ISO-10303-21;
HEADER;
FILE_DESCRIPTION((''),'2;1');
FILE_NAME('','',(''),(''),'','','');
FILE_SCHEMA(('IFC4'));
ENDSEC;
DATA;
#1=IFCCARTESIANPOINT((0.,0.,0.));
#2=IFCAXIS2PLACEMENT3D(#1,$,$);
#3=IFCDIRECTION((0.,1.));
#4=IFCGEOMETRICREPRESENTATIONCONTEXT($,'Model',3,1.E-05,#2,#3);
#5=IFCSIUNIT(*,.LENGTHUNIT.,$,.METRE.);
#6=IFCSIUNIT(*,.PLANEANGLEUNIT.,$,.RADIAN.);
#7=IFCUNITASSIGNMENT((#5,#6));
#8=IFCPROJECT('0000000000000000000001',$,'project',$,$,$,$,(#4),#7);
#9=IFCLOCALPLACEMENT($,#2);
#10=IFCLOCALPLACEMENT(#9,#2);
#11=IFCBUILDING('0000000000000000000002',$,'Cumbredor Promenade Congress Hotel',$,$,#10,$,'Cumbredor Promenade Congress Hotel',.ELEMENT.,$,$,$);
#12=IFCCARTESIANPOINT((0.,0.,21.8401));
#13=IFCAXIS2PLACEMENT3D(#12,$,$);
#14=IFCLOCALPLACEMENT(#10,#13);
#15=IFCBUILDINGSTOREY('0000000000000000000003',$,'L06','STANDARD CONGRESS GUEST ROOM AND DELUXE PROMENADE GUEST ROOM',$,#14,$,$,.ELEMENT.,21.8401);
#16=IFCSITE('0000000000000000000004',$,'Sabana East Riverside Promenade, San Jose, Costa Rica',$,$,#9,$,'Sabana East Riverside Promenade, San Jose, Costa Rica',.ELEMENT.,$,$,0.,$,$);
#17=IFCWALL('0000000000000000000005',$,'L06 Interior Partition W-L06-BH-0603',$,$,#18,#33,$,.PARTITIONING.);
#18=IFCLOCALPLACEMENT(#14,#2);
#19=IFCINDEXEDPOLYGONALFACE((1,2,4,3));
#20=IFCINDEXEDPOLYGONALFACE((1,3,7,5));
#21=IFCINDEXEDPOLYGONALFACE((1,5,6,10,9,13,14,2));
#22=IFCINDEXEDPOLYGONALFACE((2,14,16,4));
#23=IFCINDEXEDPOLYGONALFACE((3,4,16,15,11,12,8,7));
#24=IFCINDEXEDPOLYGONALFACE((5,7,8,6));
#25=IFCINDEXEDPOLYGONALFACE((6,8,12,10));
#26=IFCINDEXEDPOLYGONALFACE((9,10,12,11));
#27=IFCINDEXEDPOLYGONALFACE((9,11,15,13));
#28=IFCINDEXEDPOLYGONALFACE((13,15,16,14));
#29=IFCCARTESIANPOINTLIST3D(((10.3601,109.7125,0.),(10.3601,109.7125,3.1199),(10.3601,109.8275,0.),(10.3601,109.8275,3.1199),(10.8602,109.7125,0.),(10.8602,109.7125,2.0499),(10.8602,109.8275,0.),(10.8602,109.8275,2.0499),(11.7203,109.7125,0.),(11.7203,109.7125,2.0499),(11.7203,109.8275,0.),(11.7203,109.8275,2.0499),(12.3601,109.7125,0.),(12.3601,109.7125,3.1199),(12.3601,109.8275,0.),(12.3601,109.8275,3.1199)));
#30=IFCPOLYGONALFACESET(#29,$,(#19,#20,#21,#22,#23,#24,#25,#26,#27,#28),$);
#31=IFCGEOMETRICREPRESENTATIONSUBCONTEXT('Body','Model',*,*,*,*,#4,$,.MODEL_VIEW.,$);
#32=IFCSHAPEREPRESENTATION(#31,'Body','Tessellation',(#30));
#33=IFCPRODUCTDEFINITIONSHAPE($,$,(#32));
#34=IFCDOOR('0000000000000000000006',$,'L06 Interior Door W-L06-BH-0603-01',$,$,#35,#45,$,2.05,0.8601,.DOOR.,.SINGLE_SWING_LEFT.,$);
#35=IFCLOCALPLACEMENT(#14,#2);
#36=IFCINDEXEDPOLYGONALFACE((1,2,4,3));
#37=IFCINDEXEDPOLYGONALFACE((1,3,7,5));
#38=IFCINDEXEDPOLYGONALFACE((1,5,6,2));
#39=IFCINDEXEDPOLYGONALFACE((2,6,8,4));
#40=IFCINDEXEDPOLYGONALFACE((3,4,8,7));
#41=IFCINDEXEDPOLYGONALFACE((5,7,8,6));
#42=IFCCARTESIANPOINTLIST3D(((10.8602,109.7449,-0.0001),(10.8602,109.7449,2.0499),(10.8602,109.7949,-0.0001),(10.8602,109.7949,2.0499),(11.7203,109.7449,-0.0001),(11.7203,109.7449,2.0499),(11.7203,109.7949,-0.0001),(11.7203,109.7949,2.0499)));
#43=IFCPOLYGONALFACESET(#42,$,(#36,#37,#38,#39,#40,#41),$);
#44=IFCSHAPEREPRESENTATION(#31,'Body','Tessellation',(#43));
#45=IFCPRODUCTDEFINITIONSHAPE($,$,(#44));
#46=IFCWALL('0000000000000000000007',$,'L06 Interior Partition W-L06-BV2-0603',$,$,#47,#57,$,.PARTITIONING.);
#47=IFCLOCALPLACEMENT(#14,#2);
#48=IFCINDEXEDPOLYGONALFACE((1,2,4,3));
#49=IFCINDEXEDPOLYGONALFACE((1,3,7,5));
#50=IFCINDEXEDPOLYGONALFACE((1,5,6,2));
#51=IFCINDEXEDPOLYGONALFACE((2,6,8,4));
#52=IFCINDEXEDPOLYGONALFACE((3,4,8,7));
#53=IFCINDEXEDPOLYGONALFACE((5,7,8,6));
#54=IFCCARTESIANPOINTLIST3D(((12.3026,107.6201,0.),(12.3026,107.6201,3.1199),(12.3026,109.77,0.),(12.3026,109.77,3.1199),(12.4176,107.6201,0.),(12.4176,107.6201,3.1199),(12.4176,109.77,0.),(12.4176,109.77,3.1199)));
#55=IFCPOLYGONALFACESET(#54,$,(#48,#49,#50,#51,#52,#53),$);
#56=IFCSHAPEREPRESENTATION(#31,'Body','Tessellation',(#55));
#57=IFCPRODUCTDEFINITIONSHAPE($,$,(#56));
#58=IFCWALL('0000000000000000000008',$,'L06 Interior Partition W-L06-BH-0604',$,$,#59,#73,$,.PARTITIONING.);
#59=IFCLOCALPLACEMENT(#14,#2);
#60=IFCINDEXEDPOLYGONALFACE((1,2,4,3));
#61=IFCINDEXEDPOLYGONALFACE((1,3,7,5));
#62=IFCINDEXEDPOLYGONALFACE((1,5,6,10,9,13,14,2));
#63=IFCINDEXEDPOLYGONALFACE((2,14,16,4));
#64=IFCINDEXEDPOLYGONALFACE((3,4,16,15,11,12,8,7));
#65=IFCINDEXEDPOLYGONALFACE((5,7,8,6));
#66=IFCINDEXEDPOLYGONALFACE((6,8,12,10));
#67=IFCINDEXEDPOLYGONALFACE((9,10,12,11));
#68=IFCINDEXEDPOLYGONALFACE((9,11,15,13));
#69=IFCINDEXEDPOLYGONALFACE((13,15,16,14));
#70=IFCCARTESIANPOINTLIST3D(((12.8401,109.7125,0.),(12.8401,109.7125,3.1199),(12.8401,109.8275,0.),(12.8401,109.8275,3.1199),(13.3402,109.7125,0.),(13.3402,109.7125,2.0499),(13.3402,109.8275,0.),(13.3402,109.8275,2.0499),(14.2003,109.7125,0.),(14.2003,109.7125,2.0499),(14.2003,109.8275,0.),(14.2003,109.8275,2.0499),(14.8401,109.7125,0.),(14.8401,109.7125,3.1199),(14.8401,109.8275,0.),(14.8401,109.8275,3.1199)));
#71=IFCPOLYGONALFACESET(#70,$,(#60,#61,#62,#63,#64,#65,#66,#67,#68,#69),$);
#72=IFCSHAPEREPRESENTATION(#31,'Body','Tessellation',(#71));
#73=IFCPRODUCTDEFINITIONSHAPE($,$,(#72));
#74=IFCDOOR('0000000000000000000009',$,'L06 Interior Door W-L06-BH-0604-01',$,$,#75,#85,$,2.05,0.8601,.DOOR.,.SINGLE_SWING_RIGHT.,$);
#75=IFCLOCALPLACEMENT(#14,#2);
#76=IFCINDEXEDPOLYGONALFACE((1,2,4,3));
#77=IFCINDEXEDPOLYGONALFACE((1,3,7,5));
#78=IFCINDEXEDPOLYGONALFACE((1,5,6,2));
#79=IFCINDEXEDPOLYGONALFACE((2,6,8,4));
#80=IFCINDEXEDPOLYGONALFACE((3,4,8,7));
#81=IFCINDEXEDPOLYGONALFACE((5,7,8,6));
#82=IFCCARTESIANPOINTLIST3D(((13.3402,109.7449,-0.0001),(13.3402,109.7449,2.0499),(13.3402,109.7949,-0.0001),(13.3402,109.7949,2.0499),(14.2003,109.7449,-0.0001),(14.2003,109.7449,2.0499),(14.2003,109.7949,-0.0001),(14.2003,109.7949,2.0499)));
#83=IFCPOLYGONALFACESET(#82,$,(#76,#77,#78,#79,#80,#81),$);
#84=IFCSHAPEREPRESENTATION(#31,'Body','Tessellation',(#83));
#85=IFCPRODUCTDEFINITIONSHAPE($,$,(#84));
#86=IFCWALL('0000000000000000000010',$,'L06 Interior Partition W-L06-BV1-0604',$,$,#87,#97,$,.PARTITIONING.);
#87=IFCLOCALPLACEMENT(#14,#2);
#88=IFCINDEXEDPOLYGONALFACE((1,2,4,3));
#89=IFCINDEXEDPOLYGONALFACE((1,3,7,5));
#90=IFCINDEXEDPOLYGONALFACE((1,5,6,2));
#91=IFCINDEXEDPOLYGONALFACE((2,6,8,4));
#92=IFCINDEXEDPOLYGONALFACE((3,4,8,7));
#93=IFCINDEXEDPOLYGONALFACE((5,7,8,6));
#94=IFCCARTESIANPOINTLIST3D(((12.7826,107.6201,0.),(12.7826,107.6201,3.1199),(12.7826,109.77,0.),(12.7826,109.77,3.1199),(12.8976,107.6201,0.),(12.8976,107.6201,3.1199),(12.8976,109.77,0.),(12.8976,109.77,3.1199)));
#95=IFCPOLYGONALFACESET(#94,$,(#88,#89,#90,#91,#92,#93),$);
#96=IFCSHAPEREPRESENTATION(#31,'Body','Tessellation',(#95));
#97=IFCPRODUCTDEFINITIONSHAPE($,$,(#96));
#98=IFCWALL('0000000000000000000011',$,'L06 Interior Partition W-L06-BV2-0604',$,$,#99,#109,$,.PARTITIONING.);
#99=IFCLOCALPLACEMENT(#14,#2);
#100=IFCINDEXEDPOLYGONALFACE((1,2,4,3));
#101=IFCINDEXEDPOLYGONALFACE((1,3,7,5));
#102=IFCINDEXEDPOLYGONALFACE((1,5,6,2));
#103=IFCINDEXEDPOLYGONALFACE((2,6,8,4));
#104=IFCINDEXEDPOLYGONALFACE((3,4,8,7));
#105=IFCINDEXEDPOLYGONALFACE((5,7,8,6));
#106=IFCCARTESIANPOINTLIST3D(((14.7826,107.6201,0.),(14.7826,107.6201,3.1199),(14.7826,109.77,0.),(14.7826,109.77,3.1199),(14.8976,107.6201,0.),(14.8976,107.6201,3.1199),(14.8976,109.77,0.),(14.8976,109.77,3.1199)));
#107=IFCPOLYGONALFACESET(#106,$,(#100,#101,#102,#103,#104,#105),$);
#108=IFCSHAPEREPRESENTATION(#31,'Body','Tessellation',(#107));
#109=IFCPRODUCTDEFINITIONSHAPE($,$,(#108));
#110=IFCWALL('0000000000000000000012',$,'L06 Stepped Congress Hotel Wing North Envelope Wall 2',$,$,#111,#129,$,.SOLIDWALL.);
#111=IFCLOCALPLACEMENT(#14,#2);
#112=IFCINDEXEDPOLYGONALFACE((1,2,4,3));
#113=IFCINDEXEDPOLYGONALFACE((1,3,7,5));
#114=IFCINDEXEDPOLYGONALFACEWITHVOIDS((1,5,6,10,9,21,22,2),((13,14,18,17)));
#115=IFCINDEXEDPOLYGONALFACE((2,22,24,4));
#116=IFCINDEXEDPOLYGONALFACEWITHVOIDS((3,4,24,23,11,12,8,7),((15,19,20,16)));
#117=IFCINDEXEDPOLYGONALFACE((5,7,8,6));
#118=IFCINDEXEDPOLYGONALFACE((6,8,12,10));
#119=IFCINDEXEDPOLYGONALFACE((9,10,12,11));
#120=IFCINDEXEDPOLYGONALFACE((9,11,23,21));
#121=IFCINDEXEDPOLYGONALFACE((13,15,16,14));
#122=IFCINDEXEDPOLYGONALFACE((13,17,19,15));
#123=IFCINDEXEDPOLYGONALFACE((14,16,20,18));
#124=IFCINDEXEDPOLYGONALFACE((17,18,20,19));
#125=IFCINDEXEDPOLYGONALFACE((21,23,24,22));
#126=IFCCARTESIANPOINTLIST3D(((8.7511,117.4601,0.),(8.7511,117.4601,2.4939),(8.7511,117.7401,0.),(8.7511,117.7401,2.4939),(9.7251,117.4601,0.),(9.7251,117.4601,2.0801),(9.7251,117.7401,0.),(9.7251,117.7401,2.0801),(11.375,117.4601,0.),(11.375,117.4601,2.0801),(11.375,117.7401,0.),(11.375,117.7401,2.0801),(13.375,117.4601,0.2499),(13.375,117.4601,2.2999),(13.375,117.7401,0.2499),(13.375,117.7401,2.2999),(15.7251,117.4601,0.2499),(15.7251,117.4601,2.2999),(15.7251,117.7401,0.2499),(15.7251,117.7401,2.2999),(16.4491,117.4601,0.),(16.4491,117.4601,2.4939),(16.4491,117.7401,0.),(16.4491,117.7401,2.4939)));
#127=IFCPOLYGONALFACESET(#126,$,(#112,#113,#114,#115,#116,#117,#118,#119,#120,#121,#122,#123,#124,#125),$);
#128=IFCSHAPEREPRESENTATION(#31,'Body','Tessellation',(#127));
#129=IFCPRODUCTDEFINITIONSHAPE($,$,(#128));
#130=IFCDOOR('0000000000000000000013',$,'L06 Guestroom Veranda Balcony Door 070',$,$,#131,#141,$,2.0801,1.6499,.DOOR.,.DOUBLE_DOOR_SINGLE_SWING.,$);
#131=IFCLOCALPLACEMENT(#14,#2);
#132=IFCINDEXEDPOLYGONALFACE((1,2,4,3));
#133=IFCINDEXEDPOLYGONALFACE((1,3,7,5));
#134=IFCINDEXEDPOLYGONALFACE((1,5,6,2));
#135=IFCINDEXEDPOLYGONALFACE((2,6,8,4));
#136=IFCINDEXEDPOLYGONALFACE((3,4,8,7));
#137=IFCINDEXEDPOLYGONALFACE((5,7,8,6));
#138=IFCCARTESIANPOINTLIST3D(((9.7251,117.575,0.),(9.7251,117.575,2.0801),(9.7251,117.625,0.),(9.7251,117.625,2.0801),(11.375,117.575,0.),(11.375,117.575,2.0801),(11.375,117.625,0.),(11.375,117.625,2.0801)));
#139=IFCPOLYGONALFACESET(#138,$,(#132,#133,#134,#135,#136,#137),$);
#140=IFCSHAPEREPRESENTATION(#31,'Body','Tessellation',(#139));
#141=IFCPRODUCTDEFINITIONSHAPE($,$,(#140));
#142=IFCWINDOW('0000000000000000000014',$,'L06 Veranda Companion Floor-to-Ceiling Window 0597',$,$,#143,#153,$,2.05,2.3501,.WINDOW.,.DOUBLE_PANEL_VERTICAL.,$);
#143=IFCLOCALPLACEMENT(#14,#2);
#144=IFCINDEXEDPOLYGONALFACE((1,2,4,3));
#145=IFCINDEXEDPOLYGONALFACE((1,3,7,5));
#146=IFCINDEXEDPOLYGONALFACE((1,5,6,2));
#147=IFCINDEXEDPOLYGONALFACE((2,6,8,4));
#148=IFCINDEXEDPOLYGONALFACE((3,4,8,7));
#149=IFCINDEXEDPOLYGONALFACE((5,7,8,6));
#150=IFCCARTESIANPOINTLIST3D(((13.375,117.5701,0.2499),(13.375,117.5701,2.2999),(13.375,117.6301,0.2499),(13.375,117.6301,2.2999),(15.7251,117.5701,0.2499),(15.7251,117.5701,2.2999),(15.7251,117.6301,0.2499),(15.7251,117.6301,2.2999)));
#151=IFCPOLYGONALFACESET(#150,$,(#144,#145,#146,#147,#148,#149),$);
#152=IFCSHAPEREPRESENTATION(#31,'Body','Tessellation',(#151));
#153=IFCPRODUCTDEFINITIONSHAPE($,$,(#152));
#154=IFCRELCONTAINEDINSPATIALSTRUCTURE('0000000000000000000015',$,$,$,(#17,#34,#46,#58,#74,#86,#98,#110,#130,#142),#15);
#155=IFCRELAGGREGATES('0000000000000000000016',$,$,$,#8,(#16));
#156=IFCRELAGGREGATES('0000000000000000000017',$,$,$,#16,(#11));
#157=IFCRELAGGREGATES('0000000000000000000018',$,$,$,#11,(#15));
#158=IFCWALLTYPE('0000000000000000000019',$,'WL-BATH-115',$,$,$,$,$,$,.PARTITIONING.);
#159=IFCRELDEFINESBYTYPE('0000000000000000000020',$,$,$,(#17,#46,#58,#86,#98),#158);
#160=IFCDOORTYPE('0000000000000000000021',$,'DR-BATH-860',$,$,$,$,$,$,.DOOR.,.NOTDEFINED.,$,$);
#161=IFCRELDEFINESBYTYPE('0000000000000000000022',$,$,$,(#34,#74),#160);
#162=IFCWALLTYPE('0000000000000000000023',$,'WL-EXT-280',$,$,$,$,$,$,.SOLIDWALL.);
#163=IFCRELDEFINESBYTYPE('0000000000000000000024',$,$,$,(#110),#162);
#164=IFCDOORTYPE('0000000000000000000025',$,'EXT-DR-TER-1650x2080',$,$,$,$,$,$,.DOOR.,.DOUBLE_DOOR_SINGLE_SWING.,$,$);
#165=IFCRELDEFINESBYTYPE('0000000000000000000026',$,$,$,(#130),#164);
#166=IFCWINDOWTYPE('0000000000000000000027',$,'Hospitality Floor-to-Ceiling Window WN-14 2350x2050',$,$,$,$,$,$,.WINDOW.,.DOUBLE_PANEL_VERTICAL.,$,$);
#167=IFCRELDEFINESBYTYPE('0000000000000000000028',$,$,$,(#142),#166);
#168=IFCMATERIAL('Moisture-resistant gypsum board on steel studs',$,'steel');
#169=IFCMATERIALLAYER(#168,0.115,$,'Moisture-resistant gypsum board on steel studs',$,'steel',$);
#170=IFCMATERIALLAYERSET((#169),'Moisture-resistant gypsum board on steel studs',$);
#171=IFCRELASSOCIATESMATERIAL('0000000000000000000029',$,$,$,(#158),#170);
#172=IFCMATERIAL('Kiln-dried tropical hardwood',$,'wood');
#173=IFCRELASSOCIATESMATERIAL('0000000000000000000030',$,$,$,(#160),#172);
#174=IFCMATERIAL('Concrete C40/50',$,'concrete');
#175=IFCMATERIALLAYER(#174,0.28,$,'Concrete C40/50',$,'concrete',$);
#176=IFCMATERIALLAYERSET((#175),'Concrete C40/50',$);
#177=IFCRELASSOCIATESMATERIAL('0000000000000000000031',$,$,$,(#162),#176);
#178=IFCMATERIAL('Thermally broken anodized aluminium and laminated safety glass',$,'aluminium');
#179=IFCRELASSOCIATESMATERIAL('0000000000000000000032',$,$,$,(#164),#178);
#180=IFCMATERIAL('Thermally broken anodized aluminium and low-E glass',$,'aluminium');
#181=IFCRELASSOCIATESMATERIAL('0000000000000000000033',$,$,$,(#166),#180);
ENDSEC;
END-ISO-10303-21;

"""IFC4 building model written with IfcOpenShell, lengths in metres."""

from ifc_helpers import new_model, si_unit, direction, frame, frame_2d, origin, place, context, subcontext, project, spatial, rectangle, extrude, material, layer, layer_set, type_object, element, fill, save


model = new_model("IFC4")

# Units and contexts
model_context = context("Model", 3, precision=1e-05, world=origin(), true_north=direction((0.0, 1.0)))
body_context = subcontext(model_context, "Body", "Model", "MODEL_VIEW")
ifc_project = project(units=[si_unit("LENGTHUNIT", "METRE"), si_unit("PLANEANGLEUNIT", "RADIAN")], contexts=[model_context])

# Site, building, storey
site_placement = place(None, origin())
site = spatial("IfcSite", under=ifc_project, at=site_placement, Name="Sabana East Riverside Promenade, San Jose, Costa Rica", LongName="Sabana East Riverside Promenade, San Jose, Costa Rica", CompositionType="ELEMENT", RefElevation=0.0)
building_placement = place(site_placement, origin())
building = spatial("IfcBuilding", under=site, at=building_placement, Name="Cumbredor Promenade Congress Hotel", LongName="Cumbredor Promenade Congress Hotel", CompositionType="ELEMENT")
storey_placement = place(building_placement, frame((0.0, 0.0, 21.8401)))
storey = spatial("IfcBuildingStorey", under=building, at=storey_placement, Name="L06", Description="STANDARD CONGRESS GUEST ROOM AND DELUXE PROMENADE GUEST ROOM", CompositionType="ELEMENT", Elevation=21.8401)

# Shared definitions
ifc_material_1 = material(Name="Concrete C40/50", Category="concrete")

# Shared definitions
ifc_material_2 = material(Name="Thermally broken anodized aluminium and low-E glass", Category="aluminium")

# Shared definitions
ifc_material_3 = material(Name="Kiln-dried tropical hardwood", Category="wood")

# Wall, opening, door
ifc_material_4 = material(Name="Moisture-resistant gypsum board on steel studs", Category="steel")
ifc_layer_1 = layer(ifc_material_4, 0.115, Name="Moisture-resistant gypsum board on steel studs", Category="steel")
ifc_layer_set_1 = layer_set([ifc_layer_1], Name="Moisture-resistant gypsum board on steel studs")
wall_type_1 = type_object("IfcWallType", Name="WL-BATH-115", PredefinedType="PARTITIONING", material=ifc_layer_set_1)
wall_1_placement = place(storey_placement, frame((10.3601, 109.77, 0.0), z_axis=(0.0, 0.0, 1.0), x_axis=(1.0, 0.0, 0.0)))
wall_1 = element("IfcWall", 1, at=wall_1_placement, inside=storey, type_object=wall_type_1, Name="L06 Interior Partition W-L06-BH-0603", PredefinedType="PARTITIONING", context=body_context, shape_type="SweptSolid", body=[
    extrude(rectangle(XDim=2.0, YDim=0.115, at=frame_2d((1.0, 0.0))), origin(), (0.0, 0.0, 1.0), 3.1199),
])
opening_1_placement = place(wall_1_placement, frame((0.5, 0.0, 0.0)))
opening_1 = element("IfcOpeningElement", 2, at=opening_1_placement, cuts=wall_1, PredefinedType="OPENING", context=body_context, shape_type="SweptSolid", body=[
    extrude(rectangle(XDim=0.8601, YDim=2.05, at=frame_2d((0.4302, 1.0249))), frame((0.0, 0.0674, 0.0), z_axis=(0.0, -1.0, 0.0), x_axis=(1.0, 0.0, 0.0)), (0.0, 0.0, 1.0), 0.135),
])
door_type_1 = type_object("IfcDoorType", Name="DR-BATH-860", OperationType="NOTDEFINED", PredefinedType="DOOR", material=ifc_material_3)
door_1_placement = place(opening_1_placement, origin())
door_1 = element("IfcDoor", 3, at=door_1_placement, inside=storey, type_object=door_type_1, Name="L06 Interior Door W-L06-BH-0603-01", OperationType="SINGLE_SWING_LEFT", OverallHeight=2.05, OverallWidth=0.8601, PredefinedType="DOOR", context=body_context, shape_type="SweptSolid", body=[
    extrude(rectangle(XDim=0.8601, YDim=2.05, at=frame_2d((0.4302, 1.0249))), frame((0.0, 0.0249, 0.0), z_axis=(0.0, -1.0, 0.0), x_axis=(1.0, 0.0, 0.0)), (0.0, 0.0, 1.0), 0.05),
])
fill(opening_1, door_1)

# Wall
wall_2_placement = place(storey_placement, frame((12.3601, 107.6201, 0.0), z_axis=(0.0, 0.0, 1.0), x_axis=(0.0, 1.0, 0.0)))
element("IfcWall", 4, at=wall_2_placement, inside=storey, type_object=wall_type_1, Name="L06 Interior Partition W-L06-BV2-0603", PredefinedType="PARTITIONING", context=body_context, shape_type="SweptSolid", body=[
    extrude(rectangle(XDim=2.1499, YDim=0.115, at=frame_2d((1.075, 0.0))), origin(), (0.0, 0.0, 1.0), 3.1199),
])

# Wall, opening, door
wall_3_placement = place(storey_placement, frame((12.8401, 109.77, 0.0), z_axis=(0.0, 0.0, 1.0), x_axis=(1.0, 0.0, 0.0)))
wall_3 = element("IfcWall", 5, at=wall_3_placement, inside=storey, type_object=wall_type_1, Name="L06 Interior Partition W-L06-BH-0604", PredefinedType="PARTITIONING", context=body_context, shape_type="SweptSolid", body=[
    extrude(rectangle(XDim=2.0, YDim=0.115, at=frame_2d((1.0, 0.0))), origin(), (0.0, 0.0, 1.0), 3.1199),
])
opening_2_placement = place(wall_3_placement, frame((0.5, 0.0, 0.0)))
opening_2 = element("IfcOpeningElement", 6, at=opening_2_placement, cuts=wall_3, PredefinedType="OPENING", context=body_context, shape_type="SweptSolid", body=[
    extrude(rectangle(XDim=0.8601, YDim=2.05, at=frame_2d((0.4302, 1.0249))), frame((0.0, 0.0674, 0.0), z_axis=(0.0, -1.0, 0.0), x_axis=(1.0, 0.0, 0.0)), (0.0, 0.0, 1.0), 0.135),
])
door_2_placement = place(opening_2_placement, origin())
door_2 = element("IfcDoor", 7, at=door_2_placement, inside=storey, type_object=door_type_1, Name="L06 Interior Door W-L06-BH-0604-01", OperationType="SINGLE_SWING_RIGHT", OverallHeight=2.05, OverallWidth=0.8601, PredefinedType="DOOR", context=body_context, shape_type="SweptSolid", body=[
    extrude(rectangle(XDim=0.8601, YDim=2.05, at=frame_2d((0.4302, 1.0249))), frame((0.0, 0.0249, 0.0), z_axis=(0.0, -1.0, 0.0), x_axis=(1.0, 0.0, 0.0)), (0.0, 0.0, 1.0), 0.05),
])
fill(opening_2, door_2)

# Walls
for number, where, z_axis, x_axis, name in (
    (8, (12.8401, 107.6201, 0.0), (0.0, 0.0, 1.0), (0.0, 1.0, 0.0), "L06 Interior Partition W-L06-BV1-0604"),
    (9, (14.8401, 107.6201, 0.0), (0.0, 0.0, 1.0), (0.0, 1.0, 0.0), "L06 Interior Partition W-L06-BV2-0604"),
):
    element("IfcWall", number, at=place(storey_placement, frame(where, z_axis=z_axis, x_axis=x_axis)), inside=storey, type_object=wall_type_1, Name=name, PredefinedType="PARTITIONING", context=body_context, shape_type="SweptSolid", body=[
        extrude(rectangle(XDim=2.1499, YDim=0.115, at=frame_2d((1.075, 0.0))), origin(), (0.0, 0.0, 1.0), 3.1199),
    ])

# Wall, openings, door, window
ifc_layer_2 = layer(ifc_material_1, 0.28, Name="Concrete C40/50", Category="concrete")
ifc_layer_set_2 = layer_set([ifc_layer_2], Name="Concrete C40/50")
wall_type_2 = type_object("IfcWallType", Name="WL-EXT-280", PredefinedType="SOLIDWALL", material=ifc_layer_set_2)
wall_4_placement = place(storey_placement, frame((8.751, 117.6001, 0.0), z_axis=(0.0, 0.0, 1.0), x_axis=(1.0, 0.0, 0.0)))
wall_4 = element("IfcWall", 10, at=wall_4_placement, inside=storey, type_object=wall_type_2, Name="L06 Stepped Congress Hotel Wing North Envelope Wall 2", PredefinedType="SOLIDWALL", context=body_context, shape_type="SweptSolid", body=[
    extrude(rectangle(XDim=7.698, YDim=0.28, at=frame_2d((3.8491, 0.0))), origin(), (0.0, 0.0, 1.0), 2.4939),
])
opening_3_placement = place(wall_4_placement, frame((0.9741, 0.0, 0.0)))
opening_3 = element("IfcOpeningElement", 11, at=opening_3_placement, cuts=wall_4, PredefinedType="OPENING", context=body_context, shape_type="SweptSolid", body=[
    extrude(rectangle(XDim=1.6499, YDim=2.0801, at=frame_2d((0.825, 1.04))), frame((0.0, 0.1499, 0.0), z_axis=(0.0, -1.0, 0.0), x_axis=(1.0, 0.0, 0.0)), (0.0, 0.0, 1.0), 0.3),
])
opening_4_placement = place(wall_4_placement, frame((4.624, 0.0, 0.25)))
opening_4 = element("IfcOpeningElement", 12, at=opening_4_placement, cuts=wall_4, PredefinedType="OPENING", context=body_context, shape_type="SweptSolid", body=[
    extrude(rectangle(XDim=2.3501, YDim=2.05, at=frame_2d((1.175, 1.0249))), frame((0.0, 0.1499, 0.0), z_axis=(0.0, -1.0, 0.0), x_axis=(1.0, 0.0, 0.0)), (0.0, 0.0, 1.0), 0.3),
])
ifc_material_5 = material(Name="Thermally broken anodized aluminium and laminated safety glass", Category="aluminium")
door_type_2 = type_object("IfcDoorType", Name="EXT-DR-TER-1650x2080", OperationType="DOUBLE_DOOR_SINGLE_SWING", PredefinedType="DOOR", material=ifc_material_5)
door_3_placement = place(opening_3_placement, origin())
door_3 = element("IfcDoor", 13, at=door_3_placement, inside=storey, type_object=door_type_2, Name="L06 Guestroom Veranda Balcony Door 070", OperationType="DOUBLE_DOOR_SINGLE_SWING", OverallHeight=2.0801, OverallWidth=1.6499, PredefinedType="DOOR", context=body_context, shape_type="SweptSolid", body=[
    extrude(rectangle(XDim=1.6499, YDim=2.0801, at=frame_2d((0.825, 1.04))), frame((0.0, 0.0249, 0.0), z_axis=(0.0, -1.0, 0.0), x_axis=(1.0, 0.0, 0.0)), (0.0, 0.0, 1.0), 0.05),
])
fill(opening_3, door_3)
window_type = type_object("IfcWindowType", Name="Hospitality Floor-to-Ceiling Window WN-14 2350x2050", PartitioningType="DOUBLE_PANEL_VERTICAL", PredefinedType="WINDOW", material=ifc_material_2)
window_placement = place(opening_4_placement, origin())
window = element("IfcWindow", 14, at=window_placement, inside=storey, type_object=window_type, Name="L06 Veranda Companion Floor-to-Ceiling Window 0597", OverallHeight=2.05, OverallWidth=2.3501, PartitioningType="DOUBLE_PANEL_VERTICAL", PredefinedType="WINDOW", context=body_context, shape_type="SweptSolid", body=[
    extrude(rectangle(XDim=2.3501, YDim=2.05, at=frame_2d((1.175, 1.0249))), frame((0.0, 0.03, 0.0), z_axis=(0.0, -1.0, 0.0), x_axis=(1.0, 0.0, 0.0)), (0.0, 0.0, 1.0), 0.0601),
])
fill(opening_4, window)

save(model, "model.ifc")
